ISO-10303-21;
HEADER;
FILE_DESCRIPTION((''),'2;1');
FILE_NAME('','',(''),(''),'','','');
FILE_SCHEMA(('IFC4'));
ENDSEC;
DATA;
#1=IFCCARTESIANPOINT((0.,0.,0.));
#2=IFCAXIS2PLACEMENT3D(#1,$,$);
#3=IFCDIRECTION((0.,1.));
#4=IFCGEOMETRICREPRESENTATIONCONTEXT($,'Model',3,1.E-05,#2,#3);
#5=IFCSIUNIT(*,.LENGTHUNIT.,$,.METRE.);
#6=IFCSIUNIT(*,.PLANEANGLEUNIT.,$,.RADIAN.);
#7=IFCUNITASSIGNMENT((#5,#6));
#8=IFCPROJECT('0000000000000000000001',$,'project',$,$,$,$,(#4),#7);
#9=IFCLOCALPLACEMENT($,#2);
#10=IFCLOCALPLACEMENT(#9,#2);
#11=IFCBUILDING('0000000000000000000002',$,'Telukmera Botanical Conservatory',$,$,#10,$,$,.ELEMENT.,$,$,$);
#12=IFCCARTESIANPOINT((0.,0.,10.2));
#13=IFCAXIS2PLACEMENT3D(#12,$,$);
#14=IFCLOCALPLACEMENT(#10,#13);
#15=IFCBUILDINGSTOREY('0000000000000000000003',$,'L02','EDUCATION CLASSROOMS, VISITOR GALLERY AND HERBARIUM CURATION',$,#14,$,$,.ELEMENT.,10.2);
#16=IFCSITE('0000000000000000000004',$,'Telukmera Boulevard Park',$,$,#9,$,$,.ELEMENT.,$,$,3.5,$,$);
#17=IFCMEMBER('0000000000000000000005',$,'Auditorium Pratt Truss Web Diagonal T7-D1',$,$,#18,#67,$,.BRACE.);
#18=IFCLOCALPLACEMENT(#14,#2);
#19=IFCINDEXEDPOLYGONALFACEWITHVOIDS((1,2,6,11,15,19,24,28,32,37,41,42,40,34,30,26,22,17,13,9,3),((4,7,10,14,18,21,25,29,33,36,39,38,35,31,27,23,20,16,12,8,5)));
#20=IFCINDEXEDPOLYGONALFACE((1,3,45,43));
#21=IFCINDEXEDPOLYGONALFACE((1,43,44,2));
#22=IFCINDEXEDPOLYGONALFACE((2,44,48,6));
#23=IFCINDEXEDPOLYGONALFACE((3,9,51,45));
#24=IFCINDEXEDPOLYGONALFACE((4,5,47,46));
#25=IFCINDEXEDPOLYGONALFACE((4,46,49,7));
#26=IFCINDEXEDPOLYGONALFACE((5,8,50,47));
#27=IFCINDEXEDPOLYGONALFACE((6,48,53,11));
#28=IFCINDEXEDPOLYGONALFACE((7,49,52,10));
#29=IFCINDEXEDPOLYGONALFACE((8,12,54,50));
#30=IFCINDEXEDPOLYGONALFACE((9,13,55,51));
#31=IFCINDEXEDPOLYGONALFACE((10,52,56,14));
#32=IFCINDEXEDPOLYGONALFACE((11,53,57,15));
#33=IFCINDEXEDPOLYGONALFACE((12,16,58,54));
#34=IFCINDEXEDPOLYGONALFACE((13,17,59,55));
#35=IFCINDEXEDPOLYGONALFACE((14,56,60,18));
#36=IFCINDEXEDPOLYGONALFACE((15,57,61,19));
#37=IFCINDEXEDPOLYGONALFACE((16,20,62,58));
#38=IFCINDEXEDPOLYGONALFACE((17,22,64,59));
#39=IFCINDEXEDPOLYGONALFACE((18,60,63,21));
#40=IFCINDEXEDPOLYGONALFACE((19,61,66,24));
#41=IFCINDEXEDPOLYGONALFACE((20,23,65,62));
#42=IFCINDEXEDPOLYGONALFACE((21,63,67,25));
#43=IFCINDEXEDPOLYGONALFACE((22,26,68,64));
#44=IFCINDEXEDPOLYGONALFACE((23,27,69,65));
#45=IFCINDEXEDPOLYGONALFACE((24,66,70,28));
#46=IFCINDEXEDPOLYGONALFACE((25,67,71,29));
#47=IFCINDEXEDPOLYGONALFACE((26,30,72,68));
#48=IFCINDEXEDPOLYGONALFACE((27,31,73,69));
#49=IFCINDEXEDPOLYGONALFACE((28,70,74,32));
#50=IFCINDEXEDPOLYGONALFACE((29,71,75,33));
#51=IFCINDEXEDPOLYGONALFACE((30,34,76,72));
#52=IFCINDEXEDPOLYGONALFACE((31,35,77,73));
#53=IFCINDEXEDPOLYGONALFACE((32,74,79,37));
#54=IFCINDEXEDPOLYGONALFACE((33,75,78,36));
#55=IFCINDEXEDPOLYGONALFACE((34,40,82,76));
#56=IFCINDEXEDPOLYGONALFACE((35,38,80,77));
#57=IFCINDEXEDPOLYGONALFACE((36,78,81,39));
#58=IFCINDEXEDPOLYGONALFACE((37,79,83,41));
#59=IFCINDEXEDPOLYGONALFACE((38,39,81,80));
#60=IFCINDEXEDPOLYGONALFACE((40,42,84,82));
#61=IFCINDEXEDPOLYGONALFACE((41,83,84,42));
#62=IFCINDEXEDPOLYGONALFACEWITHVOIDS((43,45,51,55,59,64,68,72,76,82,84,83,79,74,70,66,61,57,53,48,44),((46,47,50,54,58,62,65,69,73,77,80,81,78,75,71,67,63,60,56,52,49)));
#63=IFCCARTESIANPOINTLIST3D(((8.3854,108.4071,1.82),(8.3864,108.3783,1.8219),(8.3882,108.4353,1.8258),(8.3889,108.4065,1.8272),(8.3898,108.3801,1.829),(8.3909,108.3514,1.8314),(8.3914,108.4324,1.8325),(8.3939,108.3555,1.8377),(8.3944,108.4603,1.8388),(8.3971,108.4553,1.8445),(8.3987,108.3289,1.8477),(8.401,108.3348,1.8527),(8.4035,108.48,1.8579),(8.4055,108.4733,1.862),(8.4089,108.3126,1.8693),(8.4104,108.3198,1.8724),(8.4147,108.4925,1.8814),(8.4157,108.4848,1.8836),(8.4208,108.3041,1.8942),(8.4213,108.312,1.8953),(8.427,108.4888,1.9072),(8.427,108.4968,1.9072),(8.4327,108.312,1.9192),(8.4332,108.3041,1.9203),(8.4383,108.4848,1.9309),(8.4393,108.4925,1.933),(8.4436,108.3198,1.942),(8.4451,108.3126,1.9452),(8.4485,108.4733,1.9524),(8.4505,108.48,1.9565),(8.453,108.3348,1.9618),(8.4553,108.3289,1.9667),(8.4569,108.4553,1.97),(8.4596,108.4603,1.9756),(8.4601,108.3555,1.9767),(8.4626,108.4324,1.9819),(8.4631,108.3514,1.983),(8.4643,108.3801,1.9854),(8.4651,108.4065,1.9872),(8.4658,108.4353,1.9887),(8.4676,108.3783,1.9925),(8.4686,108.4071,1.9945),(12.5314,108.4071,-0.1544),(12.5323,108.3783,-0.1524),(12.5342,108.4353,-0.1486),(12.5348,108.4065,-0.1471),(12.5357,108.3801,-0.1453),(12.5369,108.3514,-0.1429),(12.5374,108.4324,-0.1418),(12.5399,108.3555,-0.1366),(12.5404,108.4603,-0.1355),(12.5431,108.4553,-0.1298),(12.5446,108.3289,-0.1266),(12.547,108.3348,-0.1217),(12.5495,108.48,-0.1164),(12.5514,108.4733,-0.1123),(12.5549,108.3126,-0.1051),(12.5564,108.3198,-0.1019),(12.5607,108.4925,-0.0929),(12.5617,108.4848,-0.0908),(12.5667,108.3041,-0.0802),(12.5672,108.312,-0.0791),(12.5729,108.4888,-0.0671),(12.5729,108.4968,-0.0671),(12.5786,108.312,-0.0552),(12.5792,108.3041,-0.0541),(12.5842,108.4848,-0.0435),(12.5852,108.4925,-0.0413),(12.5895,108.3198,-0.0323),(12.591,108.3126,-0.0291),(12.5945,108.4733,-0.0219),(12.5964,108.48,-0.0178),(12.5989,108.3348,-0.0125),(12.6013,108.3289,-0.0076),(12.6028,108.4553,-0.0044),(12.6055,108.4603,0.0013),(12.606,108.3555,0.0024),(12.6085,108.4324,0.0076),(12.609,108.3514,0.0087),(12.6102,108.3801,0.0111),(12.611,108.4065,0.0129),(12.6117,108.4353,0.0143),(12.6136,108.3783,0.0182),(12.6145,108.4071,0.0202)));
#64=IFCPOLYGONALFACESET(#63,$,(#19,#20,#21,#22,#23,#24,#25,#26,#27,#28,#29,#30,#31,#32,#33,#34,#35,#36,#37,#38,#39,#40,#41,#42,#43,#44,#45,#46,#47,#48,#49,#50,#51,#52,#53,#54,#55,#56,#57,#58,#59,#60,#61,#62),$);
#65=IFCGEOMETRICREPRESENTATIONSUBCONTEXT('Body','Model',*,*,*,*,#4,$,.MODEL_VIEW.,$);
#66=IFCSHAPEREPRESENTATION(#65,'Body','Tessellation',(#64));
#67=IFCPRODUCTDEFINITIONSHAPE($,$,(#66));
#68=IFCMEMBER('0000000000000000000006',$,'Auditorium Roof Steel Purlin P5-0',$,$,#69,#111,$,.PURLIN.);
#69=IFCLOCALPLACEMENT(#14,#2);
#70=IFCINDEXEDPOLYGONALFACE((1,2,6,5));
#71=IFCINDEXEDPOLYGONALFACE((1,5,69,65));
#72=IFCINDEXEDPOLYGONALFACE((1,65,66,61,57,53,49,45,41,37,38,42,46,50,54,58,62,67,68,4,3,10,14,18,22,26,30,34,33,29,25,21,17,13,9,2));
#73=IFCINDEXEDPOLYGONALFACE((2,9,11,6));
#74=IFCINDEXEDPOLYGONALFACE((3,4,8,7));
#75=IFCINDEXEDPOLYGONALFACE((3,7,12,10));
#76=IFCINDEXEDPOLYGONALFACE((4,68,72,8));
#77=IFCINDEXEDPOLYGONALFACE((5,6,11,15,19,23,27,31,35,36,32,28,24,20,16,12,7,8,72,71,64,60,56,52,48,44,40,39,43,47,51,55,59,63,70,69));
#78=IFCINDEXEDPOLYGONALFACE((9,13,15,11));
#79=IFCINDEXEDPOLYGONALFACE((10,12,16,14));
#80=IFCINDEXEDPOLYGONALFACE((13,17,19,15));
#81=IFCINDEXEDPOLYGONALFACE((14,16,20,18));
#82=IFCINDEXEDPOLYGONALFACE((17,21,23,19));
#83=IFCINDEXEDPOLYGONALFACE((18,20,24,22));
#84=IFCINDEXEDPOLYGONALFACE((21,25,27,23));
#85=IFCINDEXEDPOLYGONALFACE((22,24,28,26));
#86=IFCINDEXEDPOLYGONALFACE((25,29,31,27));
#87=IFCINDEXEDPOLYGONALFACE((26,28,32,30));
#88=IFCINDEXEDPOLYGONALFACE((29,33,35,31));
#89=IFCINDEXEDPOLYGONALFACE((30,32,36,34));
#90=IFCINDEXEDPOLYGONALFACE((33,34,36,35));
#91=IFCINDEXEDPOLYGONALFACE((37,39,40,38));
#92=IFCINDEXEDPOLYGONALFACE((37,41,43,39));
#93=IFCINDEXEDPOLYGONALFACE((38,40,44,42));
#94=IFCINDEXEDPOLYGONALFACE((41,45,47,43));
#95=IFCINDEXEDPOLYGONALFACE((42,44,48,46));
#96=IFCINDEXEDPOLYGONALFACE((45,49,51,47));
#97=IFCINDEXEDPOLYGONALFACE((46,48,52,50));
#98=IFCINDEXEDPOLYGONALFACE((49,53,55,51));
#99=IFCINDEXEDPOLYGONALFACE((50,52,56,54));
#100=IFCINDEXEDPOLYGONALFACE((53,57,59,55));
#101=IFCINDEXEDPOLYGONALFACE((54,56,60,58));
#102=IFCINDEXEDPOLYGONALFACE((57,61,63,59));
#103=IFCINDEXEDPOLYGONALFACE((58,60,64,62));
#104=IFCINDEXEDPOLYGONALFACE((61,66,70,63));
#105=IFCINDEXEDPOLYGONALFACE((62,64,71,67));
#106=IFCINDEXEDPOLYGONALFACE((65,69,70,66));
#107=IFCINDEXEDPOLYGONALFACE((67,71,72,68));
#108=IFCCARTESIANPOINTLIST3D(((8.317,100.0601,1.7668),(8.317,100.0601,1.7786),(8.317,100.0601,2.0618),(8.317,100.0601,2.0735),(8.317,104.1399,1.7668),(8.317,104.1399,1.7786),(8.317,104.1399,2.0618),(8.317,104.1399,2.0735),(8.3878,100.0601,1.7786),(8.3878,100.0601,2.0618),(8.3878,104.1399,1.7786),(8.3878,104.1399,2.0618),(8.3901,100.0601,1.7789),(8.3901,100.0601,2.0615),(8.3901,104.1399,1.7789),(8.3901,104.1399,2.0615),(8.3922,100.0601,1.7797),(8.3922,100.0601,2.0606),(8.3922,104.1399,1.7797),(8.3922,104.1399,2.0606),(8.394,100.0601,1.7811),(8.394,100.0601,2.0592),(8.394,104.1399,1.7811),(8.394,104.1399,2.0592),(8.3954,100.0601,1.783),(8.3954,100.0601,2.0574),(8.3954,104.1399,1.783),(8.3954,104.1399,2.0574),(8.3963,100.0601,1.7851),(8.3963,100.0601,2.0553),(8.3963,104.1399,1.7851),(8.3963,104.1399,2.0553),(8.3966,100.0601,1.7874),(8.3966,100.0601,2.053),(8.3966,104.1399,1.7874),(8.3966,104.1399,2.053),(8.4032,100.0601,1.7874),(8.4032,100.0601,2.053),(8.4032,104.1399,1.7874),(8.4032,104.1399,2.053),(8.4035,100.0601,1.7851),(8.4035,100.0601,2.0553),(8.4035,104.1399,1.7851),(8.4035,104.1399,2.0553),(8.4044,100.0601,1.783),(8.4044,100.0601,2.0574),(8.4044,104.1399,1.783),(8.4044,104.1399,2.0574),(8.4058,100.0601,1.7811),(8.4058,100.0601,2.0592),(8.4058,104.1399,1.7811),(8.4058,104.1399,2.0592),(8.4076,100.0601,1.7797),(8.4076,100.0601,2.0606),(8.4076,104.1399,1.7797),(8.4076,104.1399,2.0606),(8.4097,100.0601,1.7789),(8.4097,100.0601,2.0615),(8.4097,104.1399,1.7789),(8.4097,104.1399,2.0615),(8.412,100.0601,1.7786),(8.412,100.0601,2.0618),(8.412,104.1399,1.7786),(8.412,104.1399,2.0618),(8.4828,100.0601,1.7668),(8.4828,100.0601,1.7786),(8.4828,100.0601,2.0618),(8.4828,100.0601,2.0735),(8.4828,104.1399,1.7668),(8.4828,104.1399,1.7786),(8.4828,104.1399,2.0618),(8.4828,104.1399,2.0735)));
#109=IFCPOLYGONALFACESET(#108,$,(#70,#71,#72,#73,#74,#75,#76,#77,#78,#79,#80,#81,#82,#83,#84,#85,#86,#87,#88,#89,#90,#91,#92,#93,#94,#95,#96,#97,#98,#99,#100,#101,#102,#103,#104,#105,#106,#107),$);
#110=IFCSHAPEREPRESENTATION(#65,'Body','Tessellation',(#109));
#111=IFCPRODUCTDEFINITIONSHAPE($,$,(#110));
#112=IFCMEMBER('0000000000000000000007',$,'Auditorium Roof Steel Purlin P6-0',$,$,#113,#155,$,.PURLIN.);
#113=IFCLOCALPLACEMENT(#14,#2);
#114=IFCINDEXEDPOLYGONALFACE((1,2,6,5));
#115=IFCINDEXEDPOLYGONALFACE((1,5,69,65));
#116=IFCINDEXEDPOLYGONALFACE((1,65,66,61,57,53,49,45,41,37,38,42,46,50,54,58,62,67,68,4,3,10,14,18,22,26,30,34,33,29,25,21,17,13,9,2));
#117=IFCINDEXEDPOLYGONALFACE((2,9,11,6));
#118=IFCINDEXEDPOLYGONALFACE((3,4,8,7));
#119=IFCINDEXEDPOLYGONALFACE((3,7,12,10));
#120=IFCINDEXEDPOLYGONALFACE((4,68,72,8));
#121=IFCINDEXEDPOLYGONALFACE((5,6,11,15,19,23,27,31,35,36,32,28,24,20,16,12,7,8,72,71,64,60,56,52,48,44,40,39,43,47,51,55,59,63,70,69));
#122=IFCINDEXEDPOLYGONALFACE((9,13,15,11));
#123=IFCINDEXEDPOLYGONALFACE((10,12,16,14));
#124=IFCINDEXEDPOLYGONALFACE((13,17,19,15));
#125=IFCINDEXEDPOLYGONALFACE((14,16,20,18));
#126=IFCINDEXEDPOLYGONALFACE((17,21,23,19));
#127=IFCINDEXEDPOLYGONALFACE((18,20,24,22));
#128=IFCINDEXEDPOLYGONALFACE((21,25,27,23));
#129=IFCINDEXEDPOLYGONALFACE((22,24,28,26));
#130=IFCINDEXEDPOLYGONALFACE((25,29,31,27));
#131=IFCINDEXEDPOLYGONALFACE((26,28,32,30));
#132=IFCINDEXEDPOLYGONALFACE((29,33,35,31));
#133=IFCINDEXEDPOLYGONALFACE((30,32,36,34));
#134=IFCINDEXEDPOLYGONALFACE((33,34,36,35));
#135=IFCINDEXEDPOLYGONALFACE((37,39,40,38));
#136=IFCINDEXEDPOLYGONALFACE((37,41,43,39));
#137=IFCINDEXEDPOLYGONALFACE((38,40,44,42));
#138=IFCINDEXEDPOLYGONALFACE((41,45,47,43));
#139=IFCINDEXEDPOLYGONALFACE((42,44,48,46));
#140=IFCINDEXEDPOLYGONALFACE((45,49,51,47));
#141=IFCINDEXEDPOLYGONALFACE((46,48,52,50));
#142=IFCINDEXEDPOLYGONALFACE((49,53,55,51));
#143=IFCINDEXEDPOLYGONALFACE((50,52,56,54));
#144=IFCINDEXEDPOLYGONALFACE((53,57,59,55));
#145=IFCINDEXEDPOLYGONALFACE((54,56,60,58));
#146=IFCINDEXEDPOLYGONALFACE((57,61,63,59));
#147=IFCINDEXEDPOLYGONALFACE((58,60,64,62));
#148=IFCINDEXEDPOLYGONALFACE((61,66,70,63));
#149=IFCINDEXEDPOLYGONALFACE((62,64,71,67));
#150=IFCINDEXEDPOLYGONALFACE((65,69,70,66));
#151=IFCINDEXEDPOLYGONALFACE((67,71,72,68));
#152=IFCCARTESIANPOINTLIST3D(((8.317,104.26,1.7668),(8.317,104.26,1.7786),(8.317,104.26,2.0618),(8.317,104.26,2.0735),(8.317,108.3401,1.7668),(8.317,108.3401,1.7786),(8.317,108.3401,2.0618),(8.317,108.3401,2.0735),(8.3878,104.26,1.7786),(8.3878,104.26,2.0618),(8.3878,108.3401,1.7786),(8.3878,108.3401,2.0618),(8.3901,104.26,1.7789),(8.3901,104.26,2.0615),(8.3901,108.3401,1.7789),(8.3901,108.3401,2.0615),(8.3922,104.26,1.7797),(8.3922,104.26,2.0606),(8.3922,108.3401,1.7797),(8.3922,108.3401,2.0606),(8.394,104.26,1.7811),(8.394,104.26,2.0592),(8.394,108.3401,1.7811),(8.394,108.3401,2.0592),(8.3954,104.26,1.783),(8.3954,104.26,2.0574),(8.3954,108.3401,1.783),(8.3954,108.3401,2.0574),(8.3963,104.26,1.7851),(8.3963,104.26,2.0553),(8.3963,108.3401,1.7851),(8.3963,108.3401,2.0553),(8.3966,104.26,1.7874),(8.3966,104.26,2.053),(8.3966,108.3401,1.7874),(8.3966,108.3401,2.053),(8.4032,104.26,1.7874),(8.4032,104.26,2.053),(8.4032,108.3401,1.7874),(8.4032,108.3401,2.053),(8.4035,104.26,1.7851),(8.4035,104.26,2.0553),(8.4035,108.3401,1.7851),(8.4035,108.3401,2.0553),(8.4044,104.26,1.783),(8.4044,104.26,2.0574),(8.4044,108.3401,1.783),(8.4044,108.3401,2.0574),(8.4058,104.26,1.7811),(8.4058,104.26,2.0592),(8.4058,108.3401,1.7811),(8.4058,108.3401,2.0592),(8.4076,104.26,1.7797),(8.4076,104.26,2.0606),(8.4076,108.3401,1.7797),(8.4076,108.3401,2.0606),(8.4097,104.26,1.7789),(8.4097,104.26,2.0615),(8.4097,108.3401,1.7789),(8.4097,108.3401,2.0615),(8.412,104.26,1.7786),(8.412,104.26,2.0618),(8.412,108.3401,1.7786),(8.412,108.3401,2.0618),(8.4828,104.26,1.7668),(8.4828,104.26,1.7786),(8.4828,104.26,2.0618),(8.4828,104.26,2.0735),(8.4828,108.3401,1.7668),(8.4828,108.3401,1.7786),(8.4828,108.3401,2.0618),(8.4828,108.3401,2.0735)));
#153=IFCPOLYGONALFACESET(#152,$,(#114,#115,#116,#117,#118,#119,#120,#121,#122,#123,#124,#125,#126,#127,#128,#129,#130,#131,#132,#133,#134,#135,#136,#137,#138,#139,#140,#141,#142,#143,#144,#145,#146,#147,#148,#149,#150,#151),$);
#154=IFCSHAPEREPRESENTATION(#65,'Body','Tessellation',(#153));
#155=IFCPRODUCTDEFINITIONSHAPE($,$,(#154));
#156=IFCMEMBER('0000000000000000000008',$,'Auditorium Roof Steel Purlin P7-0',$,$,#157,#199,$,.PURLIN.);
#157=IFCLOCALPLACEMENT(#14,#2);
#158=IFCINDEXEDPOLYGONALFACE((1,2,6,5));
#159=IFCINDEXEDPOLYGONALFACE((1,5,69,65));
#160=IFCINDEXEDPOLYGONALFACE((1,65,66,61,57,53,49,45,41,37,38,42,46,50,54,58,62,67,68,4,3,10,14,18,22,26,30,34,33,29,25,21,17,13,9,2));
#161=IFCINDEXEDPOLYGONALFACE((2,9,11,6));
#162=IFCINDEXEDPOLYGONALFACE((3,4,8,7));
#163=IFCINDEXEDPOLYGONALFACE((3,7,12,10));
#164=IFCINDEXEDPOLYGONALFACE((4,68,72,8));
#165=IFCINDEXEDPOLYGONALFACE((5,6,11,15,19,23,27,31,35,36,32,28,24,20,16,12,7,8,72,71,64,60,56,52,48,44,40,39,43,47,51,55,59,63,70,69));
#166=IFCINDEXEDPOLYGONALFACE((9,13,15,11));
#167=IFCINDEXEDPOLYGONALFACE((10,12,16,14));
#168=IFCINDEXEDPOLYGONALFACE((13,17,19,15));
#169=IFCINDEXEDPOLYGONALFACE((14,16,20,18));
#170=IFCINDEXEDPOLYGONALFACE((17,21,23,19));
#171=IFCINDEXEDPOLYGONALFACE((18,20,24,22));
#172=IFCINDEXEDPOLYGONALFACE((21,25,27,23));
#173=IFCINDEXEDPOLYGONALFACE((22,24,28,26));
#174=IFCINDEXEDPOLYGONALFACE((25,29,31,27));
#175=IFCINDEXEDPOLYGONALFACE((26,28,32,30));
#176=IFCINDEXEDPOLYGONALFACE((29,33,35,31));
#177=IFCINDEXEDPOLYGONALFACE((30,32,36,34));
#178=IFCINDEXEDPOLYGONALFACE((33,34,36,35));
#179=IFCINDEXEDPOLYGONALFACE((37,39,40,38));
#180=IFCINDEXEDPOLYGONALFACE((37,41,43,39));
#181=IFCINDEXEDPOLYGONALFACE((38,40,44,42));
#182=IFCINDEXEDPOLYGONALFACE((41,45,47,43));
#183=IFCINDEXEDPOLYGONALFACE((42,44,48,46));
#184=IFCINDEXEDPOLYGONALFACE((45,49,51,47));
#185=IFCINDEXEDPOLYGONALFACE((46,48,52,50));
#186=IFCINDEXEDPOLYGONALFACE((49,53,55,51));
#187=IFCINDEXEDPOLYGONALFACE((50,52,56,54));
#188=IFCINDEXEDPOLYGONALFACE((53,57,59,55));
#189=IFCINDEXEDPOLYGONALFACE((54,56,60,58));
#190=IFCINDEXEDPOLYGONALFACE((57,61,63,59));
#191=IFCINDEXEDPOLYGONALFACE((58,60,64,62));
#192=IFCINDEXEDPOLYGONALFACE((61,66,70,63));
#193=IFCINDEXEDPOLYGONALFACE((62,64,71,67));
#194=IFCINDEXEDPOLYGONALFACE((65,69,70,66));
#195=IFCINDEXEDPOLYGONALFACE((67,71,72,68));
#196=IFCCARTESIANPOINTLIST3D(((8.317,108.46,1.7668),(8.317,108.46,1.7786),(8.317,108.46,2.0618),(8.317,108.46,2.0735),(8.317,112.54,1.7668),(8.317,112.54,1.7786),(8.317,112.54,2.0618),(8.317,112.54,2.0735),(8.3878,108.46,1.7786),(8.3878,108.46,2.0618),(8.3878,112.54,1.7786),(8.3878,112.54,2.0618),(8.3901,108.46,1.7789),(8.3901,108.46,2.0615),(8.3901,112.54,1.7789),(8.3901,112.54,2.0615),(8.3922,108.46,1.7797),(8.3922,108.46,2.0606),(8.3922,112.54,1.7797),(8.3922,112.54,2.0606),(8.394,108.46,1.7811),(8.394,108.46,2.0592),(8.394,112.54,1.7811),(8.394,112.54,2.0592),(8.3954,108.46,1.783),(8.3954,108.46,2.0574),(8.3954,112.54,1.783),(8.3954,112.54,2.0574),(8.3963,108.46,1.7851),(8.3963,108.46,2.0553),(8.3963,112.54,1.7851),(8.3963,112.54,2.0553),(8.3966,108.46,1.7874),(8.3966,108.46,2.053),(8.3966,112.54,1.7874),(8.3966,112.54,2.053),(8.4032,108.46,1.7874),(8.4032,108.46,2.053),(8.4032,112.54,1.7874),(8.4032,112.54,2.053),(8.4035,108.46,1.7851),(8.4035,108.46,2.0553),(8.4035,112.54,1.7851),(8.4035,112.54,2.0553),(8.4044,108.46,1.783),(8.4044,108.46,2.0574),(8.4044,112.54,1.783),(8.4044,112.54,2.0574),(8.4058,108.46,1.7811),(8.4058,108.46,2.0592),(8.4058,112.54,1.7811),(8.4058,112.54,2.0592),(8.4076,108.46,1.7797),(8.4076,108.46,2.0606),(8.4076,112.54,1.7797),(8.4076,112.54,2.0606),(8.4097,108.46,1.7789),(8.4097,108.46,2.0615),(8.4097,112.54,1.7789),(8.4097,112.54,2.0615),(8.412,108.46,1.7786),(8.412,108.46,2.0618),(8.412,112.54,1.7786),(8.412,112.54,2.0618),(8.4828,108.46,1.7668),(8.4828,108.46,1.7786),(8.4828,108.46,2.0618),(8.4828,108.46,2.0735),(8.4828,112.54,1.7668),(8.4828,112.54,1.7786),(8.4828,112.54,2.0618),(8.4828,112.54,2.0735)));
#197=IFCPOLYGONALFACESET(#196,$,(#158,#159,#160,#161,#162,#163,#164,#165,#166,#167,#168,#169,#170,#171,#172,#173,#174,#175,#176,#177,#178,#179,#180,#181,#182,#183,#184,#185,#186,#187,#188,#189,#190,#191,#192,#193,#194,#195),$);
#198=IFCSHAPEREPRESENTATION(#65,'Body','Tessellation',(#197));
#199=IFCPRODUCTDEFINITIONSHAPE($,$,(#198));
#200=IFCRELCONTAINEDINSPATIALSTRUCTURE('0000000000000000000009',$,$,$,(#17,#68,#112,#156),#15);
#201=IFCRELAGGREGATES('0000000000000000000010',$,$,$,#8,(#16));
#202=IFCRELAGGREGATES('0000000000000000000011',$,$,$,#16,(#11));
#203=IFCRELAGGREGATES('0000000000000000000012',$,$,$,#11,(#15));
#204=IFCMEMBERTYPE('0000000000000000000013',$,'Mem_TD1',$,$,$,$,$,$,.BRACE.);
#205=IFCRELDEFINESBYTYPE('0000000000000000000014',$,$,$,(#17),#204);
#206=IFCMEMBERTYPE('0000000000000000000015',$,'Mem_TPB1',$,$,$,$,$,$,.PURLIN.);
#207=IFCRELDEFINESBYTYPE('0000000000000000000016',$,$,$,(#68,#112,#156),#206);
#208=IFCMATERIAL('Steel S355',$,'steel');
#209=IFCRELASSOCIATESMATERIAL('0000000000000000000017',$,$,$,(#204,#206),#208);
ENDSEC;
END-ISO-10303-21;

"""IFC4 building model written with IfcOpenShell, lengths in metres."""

from ifc_helpers import new_model, si_unit, direction, frame, origin, origin_2d, place, context, subcontext, project, spatial, hollow_circle, i_section, extrude, material, material_profile, profile_set, type_object, element, save


model = new_model("IFC4")

# Units and contexts
model_context = context("Model", 3, precision=1e-05, world=origin(), true_north=direction((0.0, 1.0)))
body_context = subcontext(model_context, "Body", "Model", "MODEL_VIEW")
ifc_project = project(units=[si_unit("LENGTHUNIT", "METRE"), si_unit("PLANEANGLEUNIT", "RADIAN")], contexts=[model_context])

# Site, building, storey
site_placement = place(None, origin())
site = spatial("IfcSite", under=ifc_project, at=site_placement, Name="Telukmera Boulevard Park", CompositionType="ELEMENT", RefElevation=3.5)
building_placement = place(site_placement, origin())
building = spatial("IfcBuilding", under=site, at=building_placement, Name="Telukmera Botanical Conservatory", CompositionType="ELEMENT")
storey_placement = place(building_placement, frame((0.0, 0.0, 10.2)))
storey = spatial("IfcBuildingStorey", under=building, at=storey_placement, Name="L02", Description="EDUCATION CLASSROOMS, VISITOR GALLERY AND HERBARIUM CURATION", CompositionType="ELEMENT", Elevation=10.2)

# Members
ifc_material_1 = material(Name="Steel S355", Category="steel")
ifc_material_profile_1 = material_profile(ifc_material_1, hollow_circle(Radius=0.0969, WallThickness=0.0081, at=origin_2d()), Name="CHS 193.7x8.0")
ifc_profile_set_1 = profile_set([ifc_material_profile_1], Name="Steel S355")
member_type_1 = type_object("IfcMemberType", Name="Mem_TD1", PredefinedType="BRACE", material=ifc_profile_set_1)
for number, where, z_axis, x_axis, name in (
    (1, (8.427, 108.3999, 1.9072), (0.902854, 0.0, -0.429948), (0.0, 1.0, 0.0), "Auditorium Pratt Truss Web Diagonal T7-D1"),
):
    element("IfcMember", number, at=place(storey_placement, frame(where, z_axis=z_axis, x_axis=x_axis)), inside=storey, type_object=member_type_1, Name=name, PredefinedType="BRACE", context=body_context, shape_type="SweptSolid", body=[
        extrude(hollow_circle(Radius=0.0969, WallThickness=0.0081, at=origin_2d()), origin(), (0.0, 0.0, 1.0), 4.592),
    ])
ifc_material_profile_2 = material_profile(ifc_material_1, i_section(OverallWidth=0.1658, OverallDepth=0.3066, WebThickness=0.0066, FlangeThickness=0.0117, FilletRadius=0.0088, at=origin_2d()), Name="UB 305x165x46")
ifc_profile_set_2 = profile_set([ifc_material_profile_2], Name="Steel S355")
member_type_2 = type_object("IfcMemberType", Name="Mem_TPB1", PredefinedType="PURLIN", material=ifc_profile_set_2)
member_1_placement = place(storey_placement, frame((8.3999, 100.0601, 1.9202), z_axis=(0.0, 1.0, 0.0), x_axis=(-1.0, 0.0, 0.0)))
element("IfcMember", 2, at=member_1_placement, inside=storey, type_object=member_type_2, Name="Auditorium Roof Steel Purlin P5-0", PredefinedType="PURLIN", context=body_context, shape_type="SweptSolid", body=[
    extrude(i_section(OverallWidth=0.1658, OverallDepth=0.3066, WebThickness=0.0066, FlangeThickness=0.0117, FilletRadius=0.0088, at=origin_2d()), origin(), (0.0, 0.0, 1.0), 4.0798),
])
for number, where, z_axis, x_axis, name in (
    (3, (8.3999, 104.26, 1.9202), (0.0, 1.0, 0.0), (-1.0, 0.0, 0.0), "Auditorium Roof Steel Purlin P6-0"),
    (4, (8.3999, 108.46, 1.9202), (0.0, 1.0, 0.0), (-1.0, 0.0, 0.0), "Auditorium Roof Steel Purlin P7-0"),
):
    element("IfcMember", number, at=place(storey_placement, frame(where, z_axis=z_axis, x_axis=x_axis)), inside=storey, type_object=member_type_2, Name=name, PredefinedType="PURLIN", context=body_context, shape_type="SweptSolid", body=[
        extrude(i_section(OverallWidth=0.1658, OverallDepth=0.3066, WebThickness=0.0066, FlangeThickness=0.0117, FilletRadius=0.0088, at=origin_2d()), origin(), (0.0, 0.0, 1.0), 4.0801),
    ])

save(model, "model.ifc")
